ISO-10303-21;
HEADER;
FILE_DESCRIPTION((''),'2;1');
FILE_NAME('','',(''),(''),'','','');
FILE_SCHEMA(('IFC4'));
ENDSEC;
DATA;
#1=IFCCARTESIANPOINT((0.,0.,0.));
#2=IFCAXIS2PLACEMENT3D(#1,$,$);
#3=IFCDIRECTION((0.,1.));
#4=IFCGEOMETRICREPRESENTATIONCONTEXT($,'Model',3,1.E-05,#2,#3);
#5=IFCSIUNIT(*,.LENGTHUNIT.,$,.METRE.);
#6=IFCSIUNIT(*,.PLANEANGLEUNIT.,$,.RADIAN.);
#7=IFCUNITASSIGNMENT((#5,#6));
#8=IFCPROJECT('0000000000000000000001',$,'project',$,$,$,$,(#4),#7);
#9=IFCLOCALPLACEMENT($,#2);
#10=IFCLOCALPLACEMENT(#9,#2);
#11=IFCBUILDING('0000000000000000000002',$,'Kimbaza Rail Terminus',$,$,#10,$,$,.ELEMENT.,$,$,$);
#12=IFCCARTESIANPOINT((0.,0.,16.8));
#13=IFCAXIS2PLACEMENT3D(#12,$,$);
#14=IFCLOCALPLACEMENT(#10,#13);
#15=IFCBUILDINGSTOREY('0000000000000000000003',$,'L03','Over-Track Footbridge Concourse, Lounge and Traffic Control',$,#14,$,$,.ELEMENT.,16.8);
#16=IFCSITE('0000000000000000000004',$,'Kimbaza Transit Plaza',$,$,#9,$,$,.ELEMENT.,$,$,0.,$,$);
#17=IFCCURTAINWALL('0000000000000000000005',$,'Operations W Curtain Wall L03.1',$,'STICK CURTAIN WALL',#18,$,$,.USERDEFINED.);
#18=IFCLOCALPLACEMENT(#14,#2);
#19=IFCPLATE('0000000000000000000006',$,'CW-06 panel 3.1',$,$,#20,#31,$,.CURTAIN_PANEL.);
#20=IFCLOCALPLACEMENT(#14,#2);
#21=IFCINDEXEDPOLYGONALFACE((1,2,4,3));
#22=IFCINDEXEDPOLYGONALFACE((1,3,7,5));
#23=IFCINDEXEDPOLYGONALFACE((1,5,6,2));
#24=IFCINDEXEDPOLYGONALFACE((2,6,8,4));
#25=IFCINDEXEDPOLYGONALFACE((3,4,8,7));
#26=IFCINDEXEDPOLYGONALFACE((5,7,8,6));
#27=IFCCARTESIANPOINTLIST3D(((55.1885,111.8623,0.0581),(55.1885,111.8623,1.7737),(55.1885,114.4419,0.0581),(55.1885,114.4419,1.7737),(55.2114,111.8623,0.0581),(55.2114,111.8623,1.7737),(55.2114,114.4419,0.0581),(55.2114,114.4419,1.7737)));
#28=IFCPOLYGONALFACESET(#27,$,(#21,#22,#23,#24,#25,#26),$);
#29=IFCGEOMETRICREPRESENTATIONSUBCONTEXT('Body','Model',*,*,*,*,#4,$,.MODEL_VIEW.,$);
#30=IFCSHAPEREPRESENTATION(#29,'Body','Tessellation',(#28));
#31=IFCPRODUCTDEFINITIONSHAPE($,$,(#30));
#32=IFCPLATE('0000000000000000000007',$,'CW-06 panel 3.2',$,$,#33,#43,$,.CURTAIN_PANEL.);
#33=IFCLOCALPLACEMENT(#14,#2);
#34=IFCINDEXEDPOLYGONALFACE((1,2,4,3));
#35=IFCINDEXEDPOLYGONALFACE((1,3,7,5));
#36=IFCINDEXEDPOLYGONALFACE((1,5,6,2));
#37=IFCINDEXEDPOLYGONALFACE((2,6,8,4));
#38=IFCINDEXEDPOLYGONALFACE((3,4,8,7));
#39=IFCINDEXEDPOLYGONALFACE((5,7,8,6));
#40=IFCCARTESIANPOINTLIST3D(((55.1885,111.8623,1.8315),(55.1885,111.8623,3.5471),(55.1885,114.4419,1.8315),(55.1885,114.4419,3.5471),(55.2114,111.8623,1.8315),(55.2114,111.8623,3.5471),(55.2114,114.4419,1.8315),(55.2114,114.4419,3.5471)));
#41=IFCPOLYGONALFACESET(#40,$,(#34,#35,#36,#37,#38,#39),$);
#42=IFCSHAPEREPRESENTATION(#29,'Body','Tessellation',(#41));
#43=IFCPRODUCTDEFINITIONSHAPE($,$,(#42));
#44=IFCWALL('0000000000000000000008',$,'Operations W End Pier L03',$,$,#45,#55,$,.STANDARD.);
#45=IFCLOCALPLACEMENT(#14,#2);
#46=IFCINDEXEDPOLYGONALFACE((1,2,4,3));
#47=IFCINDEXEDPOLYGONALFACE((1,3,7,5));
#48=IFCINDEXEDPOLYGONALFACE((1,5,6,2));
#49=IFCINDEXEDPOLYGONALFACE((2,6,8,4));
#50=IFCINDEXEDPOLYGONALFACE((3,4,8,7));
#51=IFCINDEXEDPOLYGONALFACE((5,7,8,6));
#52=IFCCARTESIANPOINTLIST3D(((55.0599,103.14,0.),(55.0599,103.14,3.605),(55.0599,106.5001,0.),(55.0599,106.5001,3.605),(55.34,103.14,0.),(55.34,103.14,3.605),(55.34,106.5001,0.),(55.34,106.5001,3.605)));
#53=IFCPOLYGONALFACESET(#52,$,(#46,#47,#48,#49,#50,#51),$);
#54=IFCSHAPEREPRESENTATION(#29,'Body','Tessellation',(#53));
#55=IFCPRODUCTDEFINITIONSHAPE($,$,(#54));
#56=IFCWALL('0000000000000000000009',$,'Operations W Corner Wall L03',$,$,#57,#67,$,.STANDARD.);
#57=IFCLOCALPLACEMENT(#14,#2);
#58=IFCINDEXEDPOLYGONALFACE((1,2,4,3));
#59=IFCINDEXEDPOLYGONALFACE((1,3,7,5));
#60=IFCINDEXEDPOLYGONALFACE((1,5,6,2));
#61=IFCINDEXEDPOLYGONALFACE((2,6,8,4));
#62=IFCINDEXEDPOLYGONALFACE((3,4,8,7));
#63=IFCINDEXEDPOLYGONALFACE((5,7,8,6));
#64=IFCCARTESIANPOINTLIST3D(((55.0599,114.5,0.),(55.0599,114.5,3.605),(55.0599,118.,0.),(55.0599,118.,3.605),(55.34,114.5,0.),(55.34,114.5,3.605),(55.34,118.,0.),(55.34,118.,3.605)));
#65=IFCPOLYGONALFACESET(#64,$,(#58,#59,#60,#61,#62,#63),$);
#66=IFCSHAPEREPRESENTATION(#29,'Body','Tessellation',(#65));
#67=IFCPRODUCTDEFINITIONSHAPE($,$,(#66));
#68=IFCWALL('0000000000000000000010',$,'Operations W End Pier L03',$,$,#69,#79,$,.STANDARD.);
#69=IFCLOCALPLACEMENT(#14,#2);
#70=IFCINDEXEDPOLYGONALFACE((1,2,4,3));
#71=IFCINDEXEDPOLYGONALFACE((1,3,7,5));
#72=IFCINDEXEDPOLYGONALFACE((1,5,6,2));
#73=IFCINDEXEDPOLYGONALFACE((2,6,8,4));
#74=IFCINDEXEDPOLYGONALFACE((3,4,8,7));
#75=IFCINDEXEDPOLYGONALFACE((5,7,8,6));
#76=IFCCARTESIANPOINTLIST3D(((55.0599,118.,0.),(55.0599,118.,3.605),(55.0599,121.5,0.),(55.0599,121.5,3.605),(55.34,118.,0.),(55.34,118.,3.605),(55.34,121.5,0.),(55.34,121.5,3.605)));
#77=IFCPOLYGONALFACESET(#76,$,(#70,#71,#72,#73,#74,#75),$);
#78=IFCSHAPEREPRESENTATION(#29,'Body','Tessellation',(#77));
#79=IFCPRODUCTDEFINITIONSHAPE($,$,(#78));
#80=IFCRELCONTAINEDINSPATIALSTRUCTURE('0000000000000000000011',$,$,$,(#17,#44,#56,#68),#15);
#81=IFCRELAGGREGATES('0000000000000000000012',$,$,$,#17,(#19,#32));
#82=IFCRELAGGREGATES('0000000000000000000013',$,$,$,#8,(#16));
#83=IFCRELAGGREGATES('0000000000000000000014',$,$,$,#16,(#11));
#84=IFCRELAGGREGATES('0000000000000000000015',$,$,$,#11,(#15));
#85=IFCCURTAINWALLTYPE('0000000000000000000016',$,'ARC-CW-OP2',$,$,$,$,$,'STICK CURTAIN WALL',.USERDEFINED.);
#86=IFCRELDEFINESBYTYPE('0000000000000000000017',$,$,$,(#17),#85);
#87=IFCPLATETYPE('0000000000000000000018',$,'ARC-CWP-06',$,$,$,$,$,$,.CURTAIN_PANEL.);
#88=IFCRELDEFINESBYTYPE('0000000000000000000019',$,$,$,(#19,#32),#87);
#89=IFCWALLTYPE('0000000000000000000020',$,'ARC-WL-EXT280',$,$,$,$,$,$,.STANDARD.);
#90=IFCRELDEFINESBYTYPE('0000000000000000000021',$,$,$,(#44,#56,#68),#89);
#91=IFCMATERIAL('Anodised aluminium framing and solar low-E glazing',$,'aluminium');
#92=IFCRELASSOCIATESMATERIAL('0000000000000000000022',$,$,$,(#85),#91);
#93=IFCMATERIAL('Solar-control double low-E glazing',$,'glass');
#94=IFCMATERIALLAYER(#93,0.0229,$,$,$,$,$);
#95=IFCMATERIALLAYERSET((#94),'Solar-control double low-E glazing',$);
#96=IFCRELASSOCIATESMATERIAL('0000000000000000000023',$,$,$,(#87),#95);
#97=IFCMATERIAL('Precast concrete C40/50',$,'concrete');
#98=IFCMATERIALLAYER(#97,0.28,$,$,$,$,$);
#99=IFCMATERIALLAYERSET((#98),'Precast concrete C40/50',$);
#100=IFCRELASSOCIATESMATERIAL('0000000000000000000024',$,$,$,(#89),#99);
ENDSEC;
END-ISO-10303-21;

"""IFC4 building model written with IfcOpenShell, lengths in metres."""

from ifc_helpers import new_model, si_unit, direction, frame, frame_2d, origin, origin_2d, place, context, subcontext, project, spatial, rectangle, extrude, material, layer, layer_set, type_object, element, aggregate, save


model = new_model("IFC4")

# Units and contexts
model_context = context("Model", 3, precision=1e-05, world=origin(), true_north=direction((0.0, 1.0)))
body_context = subcontext(model_context, "Body", "Model", "MODEL_VIEW")
ifc_project = project(units=[si_unit("LENGTHUNIT", "METRE"), si_unit("PLANEANGLEUNIT", "RADIAN")], contexts=[model_context])

# Site, building, storey
site_placement = place(None, origin())
site = spatial("IfcSite", under=ifc_project, at=site_placement, Name="Kimbaza Transit Plaza", CompositionType="ELEMENT", RefElevation=0.0)
building_placement = place(site_placement, origin())
building = spatial("IfcBuilding", under=site, at=building_placement, Name="Kimbaza Rail Terminus", CompositionType="ELEMENT")
storey_placement = place(building_placement, frame((0.0, 0.0, 16.8)))
storey = spatial("IfcBuildingStorey", under=building, at=storey_placement, Name="L03", Description="Over-Track Footbridge Concourse, Lounge and Traffic Control", CompositionType="ELEMENT", Elevation=16.8)

# Curtain wall
ifc_material_1 = material(Name="Anodised aluminium framing and solar low-E glazing", Category="aluminium")
curtain_wall_type = type_object("IfcCurtainWallType", Name="ARC-CW-OP2", ElementType="STICK CURTAIN WALL", PredefinedType="USERDEFINED", material=ifc_material_1)
curtain_wall_1_placement = place(storey_placement, origin())
curtain_wall_1 = element("IfcCurtainWall", 1, at=curtain_wall_1_placement, inside=storey, type_object=curtain_wall_type, Name="Operations W Curtain Wall L03.1", ObjectType="STICK CURTAIN WALL", PredefinedType="USERDEFINED")

# Plates
ifc_material_2 = material(Name="Solar-control double low-E glazing", Category="glass")
ifc_layer_1 = layer(ifc_material_2, 0.0229)
ifc_layer_set_1 = layer_set([ifc_layer_1], Name="Solar-control double low-E glazing")
plate_type = type_object("IfcPlateType", Name="ARC-CWP-06", PredefinedType="CURTAIN_PANEL", material=ifc_layer_set_1)
plate_1_placement = place(storey_placement, frame((55.2, 113.1521, 0.0581), z_axis=(0.0, 0.0, 1.0), x_axis=(0.0, 1.0, 0.0)))
plate_1 = element("IfcPlate", 2, at=plate_1_placement, type_object=plate_type, Name="CW-06 panel 3.1", PredefinedType="CURTAIN_PANEL", context=body_context, shape_type="SweptSolid", body=[
    extrude(rectangle(XDim=2.5796, YDim=0.0229, at=origin_2d()), origin(), (0.0, 0.0, 1.0), 1.7156),
])
plate_2_placement = place(storey_placement, frame((55.2, 113.1521, 1.8315), z_axis=(0.0, 0.0, 1.0), x_axis=(0.0, 1.0, 0.0)))
plate_2 = element("IfcPlate", 3, at=plate_2_placement, type_object=plate_type, Name="CW-06 panel 3.2", PredefinedType="CURTAIN_PANEL", context=body_context, shape_type="SweptSolid", body=[
    extrude(rectangle(XDim=2.5796, YDim=0.0229, at=origin_2d()), origin(), (0.0, 0.0, 1.0), 1.7156),
])
aggregate(curtain_wall_1, [plate_1, plate_2])

# Walls
ifc_material_3 = material(Name="Precast concrete C40/50", Category="concrete")
ifc_layer_2 = layer(ifc_material_3, 0.28)
ifc_layer_set_2 = layer_set([ifc_layer_2], Name="Precast concrete C40/50")
wall_type = type_object("IfcWallType", Name="ARC-WL-EXT280", PredefinedType="STANDARD", material=ifc_layer_set_2)
wall_placement = place(storey_placement, frame((55.2, 103.1399, 0.0), z_axis=(0.0, 0.0, 1.0), x_axis=(0.0, 1.0, 0.0)))
element("IfcWall", 4, at=wall_placement, inside=storey, type_object=wall_type, Name="Operations W End Pier L03", PredefinedType="STANDARD", context=body_context, shape_type="SweptSolid", body=[
    extrude(rectangle(XDim=3.3601, YDim=0.28, at=frame_2d((1.6802, 0.0))), origin(), (0.0, 0.0, 1.0), 3.605),
])
for number, where, z_axis, x_axis, name in (
    (5, (55.2, 114.5, 0.0), (0.0, 0.0, 1.0), (0.0, 1.0, 0.0), "Operations W Corner Wall L03"),
    (6, (55.2, 118.0, 0.0), (0.0, 0.0, 1.0), (0.0, 1.0, 0.0), "Operations W End Pier L03"),
):
    element("IfcWall", number, at=place(storey_placement, frame(where, z_axis=z_axis, x_axis=x_axis)), inside=storey, type_object=wall_type, Name=name, PredefinedType="STANDARD", context=body_context, shape_type="SweptSolid", body=[
        extrude(rectangle(XDim=3.5, YDim=0.28, at=frame_2d((1.75, 0.0))), origin(), (0.0, 0.0, 1.0), 3.605),
    ])

save(model, "model.ifc")
